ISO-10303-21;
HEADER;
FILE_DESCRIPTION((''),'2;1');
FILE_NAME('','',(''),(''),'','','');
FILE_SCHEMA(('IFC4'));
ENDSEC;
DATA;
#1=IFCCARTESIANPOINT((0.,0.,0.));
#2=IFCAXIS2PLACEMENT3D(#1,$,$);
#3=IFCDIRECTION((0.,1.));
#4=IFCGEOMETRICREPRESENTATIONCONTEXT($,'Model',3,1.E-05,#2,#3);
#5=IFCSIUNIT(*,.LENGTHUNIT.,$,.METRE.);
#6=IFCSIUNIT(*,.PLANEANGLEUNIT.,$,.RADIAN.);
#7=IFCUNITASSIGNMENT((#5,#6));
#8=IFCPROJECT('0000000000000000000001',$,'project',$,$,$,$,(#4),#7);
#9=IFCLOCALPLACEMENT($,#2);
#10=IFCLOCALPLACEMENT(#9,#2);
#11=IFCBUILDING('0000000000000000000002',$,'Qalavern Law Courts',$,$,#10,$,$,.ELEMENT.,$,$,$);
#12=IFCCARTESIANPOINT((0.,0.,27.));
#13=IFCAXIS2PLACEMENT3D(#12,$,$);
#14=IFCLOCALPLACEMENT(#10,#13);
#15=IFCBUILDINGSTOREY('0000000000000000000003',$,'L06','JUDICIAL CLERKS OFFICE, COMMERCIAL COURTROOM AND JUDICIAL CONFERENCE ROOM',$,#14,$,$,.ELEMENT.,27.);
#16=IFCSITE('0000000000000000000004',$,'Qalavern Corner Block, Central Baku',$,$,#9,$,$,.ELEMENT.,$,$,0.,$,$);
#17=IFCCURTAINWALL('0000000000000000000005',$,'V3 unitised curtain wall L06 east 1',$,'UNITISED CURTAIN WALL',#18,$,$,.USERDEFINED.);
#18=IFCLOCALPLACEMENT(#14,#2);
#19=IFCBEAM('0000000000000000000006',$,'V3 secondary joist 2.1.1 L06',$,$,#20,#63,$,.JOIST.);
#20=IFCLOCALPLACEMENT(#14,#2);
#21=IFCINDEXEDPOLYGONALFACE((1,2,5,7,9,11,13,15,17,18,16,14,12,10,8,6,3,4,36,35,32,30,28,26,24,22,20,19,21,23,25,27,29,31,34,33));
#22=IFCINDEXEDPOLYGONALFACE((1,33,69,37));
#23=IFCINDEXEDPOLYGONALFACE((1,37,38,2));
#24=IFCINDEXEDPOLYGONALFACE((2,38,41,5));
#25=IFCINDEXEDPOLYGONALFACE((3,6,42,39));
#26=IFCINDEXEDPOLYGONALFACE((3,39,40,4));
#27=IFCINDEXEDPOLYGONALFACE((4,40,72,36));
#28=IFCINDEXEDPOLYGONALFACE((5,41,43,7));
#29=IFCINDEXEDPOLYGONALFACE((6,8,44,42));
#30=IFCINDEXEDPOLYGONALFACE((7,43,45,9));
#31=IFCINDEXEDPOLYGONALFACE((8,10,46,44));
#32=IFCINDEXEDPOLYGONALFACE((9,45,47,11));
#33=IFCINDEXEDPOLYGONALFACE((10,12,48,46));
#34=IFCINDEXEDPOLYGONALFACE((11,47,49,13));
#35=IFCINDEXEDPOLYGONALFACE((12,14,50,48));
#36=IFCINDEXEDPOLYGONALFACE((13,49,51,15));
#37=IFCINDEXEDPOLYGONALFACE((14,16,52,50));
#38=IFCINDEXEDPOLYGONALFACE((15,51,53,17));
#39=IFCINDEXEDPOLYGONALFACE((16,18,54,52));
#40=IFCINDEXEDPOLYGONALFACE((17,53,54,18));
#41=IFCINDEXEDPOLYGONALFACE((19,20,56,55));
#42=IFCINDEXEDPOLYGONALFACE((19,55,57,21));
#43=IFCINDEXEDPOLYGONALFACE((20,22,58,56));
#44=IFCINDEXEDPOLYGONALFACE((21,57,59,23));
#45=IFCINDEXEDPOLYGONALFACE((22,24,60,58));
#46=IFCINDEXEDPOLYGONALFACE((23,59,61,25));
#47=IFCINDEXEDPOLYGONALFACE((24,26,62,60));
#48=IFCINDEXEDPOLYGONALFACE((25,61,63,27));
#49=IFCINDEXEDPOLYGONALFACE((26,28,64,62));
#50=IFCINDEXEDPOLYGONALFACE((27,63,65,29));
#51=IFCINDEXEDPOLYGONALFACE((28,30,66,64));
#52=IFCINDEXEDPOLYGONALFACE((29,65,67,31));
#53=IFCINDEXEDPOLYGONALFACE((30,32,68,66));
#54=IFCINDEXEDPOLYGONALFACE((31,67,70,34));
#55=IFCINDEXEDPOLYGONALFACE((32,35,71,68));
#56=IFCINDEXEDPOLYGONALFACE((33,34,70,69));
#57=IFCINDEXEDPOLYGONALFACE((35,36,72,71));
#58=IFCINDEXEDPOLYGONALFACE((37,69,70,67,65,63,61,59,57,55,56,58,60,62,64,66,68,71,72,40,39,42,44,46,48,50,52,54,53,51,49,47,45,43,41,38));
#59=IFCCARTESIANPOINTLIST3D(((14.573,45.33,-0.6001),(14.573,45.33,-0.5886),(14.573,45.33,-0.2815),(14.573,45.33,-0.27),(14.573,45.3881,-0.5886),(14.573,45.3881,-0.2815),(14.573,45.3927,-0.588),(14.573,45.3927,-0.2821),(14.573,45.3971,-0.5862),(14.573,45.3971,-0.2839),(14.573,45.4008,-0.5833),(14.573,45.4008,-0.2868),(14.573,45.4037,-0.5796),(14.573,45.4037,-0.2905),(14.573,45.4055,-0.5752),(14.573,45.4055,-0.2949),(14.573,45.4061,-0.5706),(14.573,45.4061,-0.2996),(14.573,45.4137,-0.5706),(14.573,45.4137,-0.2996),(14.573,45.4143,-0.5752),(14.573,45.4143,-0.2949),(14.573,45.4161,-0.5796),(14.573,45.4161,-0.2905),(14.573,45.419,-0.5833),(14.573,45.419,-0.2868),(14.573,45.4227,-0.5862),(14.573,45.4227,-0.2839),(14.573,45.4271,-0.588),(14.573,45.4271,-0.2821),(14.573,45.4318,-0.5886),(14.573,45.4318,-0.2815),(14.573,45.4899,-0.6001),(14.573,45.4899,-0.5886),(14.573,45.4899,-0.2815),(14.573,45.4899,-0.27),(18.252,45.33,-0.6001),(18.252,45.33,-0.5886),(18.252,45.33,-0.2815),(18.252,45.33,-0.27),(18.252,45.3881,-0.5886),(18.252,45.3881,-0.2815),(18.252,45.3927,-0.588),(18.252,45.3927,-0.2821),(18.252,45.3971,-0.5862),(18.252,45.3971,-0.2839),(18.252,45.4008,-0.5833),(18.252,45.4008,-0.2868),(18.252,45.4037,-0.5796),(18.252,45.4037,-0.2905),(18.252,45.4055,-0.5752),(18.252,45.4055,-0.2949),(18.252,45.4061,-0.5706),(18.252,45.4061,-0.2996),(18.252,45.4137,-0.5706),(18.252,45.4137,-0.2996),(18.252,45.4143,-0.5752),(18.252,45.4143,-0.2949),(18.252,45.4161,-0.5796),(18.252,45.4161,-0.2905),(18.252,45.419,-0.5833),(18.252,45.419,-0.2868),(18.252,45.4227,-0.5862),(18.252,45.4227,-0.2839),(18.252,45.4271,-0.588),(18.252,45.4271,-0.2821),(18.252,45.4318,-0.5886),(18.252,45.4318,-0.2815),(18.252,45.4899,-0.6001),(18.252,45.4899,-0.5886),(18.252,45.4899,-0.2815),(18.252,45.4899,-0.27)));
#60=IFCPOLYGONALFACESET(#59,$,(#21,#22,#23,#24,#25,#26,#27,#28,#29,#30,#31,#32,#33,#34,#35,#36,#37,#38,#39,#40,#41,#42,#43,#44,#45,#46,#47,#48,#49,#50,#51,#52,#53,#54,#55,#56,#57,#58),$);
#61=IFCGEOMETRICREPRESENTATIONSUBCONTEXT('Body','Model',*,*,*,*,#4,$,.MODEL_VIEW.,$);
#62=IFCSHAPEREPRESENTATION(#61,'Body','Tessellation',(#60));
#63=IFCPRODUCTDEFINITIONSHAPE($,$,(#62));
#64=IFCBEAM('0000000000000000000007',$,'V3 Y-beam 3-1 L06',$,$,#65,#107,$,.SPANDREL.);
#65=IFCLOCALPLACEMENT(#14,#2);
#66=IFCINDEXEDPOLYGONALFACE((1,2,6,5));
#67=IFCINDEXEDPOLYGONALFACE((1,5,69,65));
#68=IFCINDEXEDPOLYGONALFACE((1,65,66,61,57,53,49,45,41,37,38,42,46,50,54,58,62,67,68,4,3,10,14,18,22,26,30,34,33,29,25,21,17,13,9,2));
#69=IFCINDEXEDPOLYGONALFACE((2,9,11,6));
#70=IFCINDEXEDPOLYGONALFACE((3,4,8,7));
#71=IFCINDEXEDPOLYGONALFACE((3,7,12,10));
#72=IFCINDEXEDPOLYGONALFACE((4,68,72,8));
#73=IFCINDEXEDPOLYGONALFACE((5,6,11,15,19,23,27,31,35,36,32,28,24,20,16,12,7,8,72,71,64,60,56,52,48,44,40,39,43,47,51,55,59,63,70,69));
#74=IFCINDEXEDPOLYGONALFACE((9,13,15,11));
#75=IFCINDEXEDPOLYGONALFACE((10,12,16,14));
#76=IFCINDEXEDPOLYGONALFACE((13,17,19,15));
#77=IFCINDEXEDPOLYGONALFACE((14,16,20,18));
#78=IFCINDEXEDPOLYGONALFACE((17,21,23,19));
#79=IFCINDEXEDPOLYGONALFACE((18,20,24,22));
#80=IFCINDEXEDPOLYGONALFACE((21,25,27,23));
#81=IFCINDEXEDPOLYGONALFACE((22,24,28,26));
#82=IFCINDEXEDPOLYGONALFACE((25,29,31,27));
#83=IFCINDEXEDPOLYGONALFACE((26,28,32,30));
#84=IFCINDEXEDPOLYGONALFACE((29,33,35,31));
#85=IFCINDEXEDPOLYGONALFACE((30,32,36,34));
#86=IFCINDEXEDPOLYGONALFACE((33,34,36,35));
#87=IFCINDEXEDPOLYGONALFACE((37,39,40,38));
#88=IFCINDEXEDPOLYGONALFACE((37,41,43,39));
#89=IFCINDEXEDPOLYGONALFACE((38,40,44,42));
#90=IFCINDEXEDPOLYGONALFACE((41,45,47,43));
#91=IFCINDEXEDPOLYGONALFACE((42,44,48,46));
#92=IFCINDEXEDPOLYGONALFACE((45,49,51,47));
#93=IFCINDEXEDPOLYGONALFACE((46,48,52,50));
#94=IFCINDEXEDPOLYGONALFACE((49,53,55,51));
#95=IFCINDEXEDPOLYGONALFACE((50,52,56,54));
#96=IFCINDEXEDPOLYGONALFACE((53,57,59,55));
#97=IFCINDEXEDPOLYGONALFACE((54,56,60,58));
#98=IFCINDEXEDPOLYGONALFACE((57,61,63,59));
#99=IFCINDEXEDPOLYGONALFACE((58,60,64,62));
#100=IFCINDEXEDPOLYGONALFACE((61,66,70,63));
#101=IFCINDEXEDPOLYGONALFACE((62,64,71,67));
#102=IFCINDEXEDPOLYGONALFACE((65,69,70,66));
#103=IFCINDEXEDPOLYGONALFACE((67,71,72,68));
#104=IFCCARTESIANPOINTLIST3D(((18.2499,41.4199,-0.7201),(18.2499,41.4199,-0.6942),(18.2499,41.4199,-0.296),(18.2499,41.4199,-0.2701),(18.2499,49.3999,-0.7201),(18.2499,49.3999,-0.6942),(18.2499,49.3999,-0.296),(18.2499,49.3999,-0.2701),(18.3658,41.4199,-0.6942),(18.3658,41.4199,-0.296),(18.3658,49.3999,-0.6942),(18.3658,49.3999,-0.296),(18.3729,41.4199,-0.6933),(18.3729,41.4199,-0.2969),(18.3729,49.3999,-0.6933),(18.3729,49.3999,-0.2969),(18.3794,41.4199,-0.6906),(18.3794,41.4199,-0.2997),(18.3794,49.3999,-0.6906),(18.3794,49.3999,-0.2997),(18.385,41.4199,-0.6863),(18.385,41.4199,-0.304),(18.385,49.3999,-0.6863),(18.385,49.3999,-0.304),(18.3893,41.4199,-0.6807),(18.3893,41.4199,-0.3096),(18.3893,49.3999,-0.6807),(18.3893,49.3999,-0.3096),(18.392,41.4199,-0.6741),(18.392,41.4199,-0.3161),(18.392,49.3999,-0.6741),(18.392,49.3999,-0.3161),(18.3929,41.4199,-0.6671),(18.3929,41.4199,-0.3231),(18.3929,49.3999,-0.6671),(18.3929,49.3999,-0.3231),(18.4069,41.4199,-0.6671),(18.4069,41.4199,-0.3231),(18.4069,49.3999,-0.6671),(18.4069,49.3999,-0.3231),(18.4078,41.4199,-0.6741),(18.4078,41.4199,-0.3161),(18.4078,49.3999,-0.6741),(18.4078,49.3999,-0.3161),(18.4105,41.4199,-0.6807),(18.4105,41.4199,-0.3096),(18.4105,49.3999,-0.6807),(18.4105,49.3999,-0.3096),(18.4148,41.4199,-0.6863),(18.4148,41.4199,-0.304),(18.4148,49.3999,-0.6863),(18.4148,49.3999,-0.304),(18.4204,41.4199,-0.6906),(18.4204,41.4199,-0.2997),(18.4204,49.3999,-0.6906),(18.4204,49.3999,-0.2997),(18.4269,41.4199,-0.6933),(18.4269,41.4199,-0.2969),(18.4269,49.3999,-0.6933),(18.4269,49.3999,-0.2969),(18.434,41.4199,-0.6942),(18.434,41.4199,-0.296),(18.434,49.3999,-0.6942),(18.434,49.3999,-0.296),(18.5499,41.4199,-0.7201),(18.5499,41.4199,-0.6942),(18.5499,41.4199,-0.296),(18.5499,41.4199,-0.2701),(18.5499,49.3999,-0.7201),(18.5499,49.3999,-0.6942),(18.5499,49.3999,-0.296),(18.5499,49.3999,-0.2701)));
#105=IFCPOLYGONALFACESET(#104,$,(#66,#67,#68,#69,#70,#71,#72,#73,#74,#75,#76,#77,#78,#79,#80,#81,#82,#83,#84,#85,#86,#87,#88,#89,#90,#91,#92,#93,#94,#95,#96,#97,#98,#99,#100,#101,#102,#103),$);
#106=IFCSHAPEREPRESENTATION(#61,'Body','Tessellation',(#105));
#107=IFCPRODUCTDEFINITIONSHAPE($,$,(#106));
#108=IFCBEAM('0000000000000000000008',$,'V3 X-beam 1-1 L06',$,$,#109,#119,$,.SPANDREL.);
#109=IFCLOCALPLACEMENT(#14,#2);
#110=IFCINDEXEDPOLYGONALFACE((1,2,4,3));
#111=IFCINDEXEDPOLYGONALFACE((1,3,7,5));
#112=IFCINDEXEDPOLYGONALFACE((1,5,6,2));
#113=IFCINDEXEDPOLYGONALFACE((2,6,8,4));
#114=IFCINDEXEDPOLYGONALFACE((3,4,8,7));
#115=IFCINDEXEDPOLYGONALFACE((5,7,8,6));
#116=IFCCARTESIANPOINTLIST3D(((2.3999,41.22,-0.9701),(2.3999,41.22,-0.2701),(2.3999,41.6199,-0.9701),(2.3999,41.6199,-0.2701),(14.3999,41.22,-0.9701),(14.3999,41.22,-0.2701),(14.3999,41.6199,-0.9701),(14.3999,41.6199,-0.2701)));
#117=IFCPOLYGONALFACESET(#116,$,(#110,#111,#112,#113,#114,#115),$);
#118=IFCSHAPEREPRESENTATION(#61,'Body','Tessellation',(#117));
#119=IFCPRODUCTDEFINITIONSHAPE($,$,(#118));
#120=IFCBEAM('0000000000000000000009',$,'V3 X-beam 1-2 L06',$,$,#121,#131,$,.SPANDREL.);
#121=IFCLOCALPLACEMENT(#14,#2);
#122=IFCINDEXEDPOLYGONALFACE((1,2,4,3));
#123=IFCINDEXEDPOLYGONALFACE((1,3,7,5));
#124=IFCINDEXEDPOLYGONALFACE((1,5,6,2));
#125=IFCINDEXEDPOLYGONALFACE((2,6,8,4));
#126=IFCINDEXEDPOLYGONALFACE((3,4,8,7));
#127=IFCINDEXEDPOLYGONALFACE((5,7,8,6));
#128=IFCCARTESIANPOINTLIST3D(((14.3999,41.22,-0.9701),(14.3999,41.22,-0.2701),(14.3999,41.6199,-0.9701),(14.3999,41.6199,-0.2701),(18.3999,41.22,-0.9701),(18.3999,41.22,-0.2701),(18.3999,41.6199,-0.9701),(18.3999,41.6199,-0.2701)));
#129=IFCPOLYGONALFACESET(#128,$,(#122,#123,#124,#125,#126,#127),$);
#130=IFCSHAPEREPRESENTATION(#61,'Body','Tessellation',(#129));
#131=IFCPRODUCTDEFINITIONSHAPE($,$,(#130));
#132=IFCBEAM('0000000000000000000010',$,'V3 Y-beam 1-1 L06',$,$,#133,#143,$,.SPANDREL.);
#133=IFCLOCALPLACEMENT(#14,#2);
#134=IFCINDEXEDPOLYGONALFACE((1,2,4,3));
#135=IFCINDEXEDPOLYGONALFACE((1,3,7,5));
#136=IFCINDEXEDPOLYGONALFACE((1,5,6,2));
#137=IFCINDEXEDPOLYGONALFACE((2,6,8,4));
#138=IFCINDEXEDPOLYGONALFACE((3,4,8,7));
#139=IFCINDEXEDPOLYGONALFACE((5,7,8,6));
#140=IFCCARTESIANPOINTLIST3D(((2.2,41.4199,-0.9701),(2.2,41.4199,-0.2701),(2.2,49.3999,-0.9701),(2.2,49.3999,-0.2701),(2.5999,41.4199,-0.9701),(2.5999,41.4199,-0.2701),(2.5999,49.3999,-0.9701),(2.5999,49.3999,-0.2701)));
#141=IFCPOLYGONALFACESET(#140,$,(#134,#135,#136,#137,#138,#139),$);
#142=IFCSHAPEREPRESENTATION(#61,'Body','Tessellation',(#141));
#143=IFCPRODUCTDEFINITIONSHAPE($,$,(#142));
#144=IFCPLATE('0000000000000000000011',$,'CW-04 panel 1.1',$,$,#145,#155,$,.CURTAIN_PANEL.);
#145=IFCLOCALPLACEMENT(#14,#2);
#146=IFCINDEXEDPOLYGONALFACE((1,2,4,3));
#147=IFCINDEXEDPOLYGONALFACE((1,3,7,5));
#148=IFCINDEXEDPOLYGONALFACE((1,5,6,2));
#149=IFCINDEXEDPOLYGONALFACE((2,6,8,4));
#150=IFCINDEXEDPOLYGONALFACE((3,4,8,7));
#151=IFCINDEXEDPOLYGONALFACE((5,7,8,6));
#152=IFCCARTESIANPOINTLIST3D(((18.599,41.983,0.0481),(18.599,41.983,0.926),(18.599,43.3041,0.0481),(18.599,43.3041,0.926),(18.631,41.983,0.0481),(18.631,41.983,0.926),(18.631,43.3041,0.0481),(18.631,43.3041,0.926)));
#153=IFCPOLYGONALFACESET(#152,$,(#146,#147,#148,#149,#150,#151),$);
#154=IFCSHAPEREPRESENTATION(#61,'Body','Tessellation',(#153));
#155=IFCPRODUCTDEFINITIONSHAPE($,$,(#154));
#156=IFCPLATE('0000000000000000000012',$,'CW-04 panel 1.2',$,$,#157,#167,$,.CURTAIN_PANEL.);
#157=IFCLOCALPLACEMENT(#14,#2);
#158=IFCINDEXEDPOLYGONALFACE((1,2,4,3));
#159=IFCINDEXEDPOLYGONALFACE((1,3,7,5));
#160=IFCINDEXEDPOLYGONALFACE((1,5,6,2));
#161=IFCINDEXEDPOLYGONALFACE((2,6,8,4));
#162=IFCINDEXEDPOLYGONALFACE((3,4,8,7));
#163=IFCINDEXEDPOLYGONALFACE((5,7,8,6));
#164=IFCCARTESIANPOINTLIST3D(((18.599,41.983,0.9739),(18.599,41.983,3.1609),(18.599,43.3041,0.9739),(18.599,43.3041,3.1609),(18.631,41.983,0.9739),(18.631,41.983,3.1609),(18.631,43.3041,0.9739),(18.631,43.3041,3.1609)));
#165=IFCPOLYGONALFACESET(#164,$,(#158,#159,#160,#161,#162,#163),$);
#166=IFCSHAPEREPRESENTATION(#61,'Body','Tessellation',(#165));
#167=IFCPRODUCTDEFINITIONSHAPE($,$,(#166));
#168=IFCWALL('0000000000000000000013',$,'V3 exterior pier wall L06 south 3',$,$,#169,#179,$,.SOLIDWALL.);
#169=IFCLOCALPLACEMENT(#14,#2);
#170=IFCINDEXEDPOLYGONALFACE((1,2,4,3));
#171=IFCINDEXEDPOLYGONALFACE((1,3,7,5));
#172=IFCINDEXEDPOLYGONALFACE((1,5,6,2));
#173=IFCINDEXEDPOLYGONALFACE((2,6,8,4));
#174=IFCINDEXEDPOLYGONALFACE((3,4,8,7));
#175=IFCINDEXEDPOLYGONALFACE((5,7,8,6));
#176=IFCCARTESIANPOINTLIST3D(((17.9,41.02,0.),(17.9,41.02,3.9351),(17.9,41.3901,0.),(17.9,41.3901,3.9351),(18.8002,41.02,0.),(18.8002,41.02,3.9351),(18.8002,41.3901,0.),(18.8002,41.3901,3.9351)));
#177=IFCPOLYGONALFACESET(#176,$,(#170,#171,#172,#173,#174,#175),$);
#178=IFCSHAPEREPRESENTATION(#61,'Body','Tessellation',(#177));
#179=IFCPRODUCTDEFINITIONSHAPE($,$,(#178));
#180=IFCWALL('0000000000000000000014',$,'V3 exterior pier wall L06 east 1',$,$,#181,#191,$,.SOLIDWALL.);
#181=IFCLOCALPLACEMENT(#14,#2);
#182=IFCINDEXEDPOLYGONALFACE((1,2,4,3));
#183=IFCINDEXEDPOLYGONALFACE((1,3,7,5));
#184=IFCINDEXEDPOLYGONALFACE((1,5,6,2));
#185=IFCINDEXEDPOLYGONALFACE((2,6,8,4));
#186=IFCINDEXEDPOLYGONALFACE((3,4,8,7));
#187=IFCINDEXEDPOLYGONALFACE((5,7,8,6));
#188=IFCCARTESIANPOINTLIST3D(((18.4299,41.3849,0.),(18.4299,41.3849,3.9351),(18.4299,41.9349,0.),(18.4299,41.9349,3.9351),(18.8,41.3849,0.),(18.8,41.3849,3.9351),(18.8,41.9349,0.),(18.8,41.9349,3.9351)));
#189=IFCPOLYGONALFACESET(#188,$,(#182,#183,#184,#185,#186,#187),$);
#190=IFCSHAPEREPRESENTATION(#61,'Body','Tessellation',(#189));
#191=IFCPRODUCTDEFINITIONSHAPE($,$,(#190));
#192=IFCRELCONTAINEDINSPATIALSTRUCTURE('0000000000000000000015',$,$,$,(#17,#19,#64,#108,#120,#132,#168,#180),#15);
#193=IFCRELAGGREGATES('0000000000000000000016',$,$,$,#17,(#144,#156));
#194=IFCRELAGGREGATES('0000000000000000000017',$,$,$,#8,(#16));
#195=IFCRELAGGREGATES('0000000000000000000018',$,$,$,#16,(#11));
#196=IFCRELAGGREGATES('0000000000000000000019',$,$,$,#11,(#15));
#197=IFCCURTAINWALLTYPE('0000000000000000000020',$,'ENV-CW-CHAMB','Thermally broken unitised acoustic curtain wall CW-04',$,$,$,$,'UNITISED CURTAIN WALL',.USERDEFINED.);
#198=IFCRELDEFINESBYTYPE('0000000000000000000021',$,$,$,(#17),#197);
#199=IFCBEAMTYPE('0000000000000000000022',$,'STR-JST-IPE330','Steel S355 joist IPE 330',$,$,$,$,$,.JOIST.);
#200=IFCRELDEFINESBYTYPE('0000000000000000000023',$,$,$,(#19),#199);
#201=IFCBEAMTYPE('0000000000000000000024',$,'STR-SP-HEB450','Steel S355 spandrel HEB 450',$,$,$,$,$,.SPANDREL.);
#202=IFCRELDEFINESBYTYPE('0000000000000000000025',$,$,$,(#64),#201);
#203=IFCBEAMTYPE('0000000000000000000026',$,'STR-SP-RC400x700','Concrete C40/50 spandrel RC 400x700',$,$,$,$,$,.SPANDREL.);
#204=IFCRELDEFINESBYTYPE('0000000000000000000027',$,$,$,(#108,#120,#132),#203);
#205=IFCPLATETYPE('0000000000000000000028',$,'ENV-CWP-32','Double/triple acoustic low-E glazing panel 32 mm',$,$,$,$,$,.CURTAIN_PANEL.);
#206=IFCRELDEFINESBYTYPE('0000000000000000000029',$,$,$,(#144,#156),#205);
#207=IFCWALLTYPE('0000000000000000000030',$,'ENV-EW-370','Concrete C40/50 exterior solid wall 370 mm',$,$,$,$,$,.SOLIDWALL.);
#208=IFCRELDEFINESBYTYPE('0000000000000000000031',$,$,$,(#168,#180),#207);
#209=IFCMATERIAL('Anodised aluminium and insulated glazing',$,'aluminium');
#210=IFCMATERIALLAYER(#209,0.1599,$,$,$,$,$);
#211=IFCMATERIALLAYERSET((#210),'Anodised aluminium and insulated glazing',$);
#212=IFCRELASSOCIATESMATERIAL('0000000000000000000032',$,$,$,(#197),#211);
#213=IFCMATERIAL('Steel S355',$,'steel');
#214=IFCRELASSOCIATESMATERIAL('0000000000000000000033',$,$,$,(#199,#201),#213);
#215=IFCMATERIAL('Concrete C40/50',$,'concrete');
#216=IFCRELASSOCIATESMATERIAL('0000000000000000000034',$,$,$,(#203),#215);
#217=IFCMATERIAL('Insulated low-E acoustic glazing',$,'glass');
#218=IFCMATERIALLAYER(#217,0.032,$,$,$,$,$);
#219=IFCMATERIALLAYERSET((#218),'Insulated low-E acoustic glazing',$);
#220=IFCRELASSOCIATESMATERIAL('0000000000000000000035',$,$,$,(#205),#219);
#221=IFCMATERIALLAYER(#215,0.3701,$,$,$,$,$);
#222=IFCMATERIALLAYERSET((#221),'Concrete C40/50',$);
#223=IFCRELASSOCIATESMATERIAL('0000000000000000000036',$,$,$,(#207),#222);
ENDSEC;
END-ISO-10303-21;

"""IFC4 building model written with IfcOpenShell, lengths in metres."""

from ifc_helpers import new_model, si_unit, direction, frame, frame_2d, origin, origin_2d, place, context, subcontext, project, spatial, rectangle, i_section, extrude, material, layer, layer_set, material_profile, profile_set, type_object, element, aggregate, save


model = new_model("IFC4")

# Units and contexts
model_context = context("Model", 3, precision=1e-05, world=origin(), true_north=direction((0.0, 1.0)))
body_context = subcontext(model_context, "Body", "Model", "MODEL_VIEW")
ifc_project = project(units=[si_unit("LENGTHUNIT", "METRE"), si_unit("PLANEANGLEUNIT", "RADIAN")], contexts=[model_context])

# Site, building, storey
site_placement = place(None, origin())
site = spatial("IfcSite", under=ifc_project, at=site_placement, Name="Qalavern Corner Block, Central Baku", CompositionType="ELEMENT", RefElevation=0.0)
building_placement = place(site_placement, origin())
building = spatial("IfcBuilding", under=site, at=building_placement, Name="Qalavern Law Courts", CompositionType="ELEMENT")
storey_placement = place(building_placement, frame((0.0, 0.0, 27.0)))
storey = spatial("IfcBuildingStorey", under=building, at=storey_placement, Name="L06", Description="JUDICIAL CLERKS OFFICE, COMMERCIAL COURTROOM AND JUDICIAL CONFERENCE ROOM", CompositionType="ELEMENT", Elevation=27.0)

# Curtain wall
ifc_material_1 = material(Name="Anodised aluminium and insulated glazing", Category="aluminium")
ifc_layer_1 = layer(ifc_material_1, 0.1599)
ifc_layer_set_1 = layer_set([ifc_layer_1], Name="Anodised aluminium and insulated glazing")
curtain_wall_type = type_object("IfcCurtainWallType", Name="ENV-CW-CHAMB", Description="Thermally broken unitised acoustic curtain wall CW-04", ElementType="UNITISED CURTAIN WALL", PredefinedType="USERDEFINED", material=ifc_layer_set_1)
curtain_wall_1_placement = place(storey_placement, origin())
curtain_wall_1 = element("IfcCurtainWall", 1, at=curtain_wall_1_placement, inside=storey, type_object=curtain_wall_type, Name="V3 unitised curtain wall L06 east 1", ObjectType="UNITISED CURTAIN WALL", PredefinedType="USERDEFINED")

# Beams
ifc_material_2 = material(Name="Steel S355", Category="steel")
ifc_material_profile_1 = material_profile(ifc_material_2, i_section(OverallWidth=0.1599, OverallDepth=0.3301, WebThickness=0.0076, FlangeThickness=0.0115, FilletRadius=0.0181, at=origin_2d()), Name="IPE 330")
ifc_profile_set_1 = profile_set([ifc_material_profile_1], Name="Steel S355")
beam_type_1 = type_object("IfcBeamType", Name="STR-JST-IPE330", Description="Steel S355 joist IPE 330", PredefinedType="JOIST", material=ifc_profile_set_1)
beam_1_placement = place(storey_placement, frame((14.573, 45.4099, -0.4351), z_axis=(1.0, 0.0, 0.0), x_axis=(0.0, 1.0, 0.0)))
element("IfcBeam", 2, at=beam_1_placement, inside=storey, type_object=beam_type_1, Name="V3 secondary joist 2.1.1 L06", PredefinedType="JOIST", context=body_context, shape_type="SweptSolid", body=[
    extrude(i_section(OverallWidth=0.1599, OverallDepth=0.3301, WebThickness=0.0076, FlangeThickness=0.0115, FilletRadius=0.0181, at=origin_2d()), origin(), (0.0, 0.0, 1.0), 3.679),
])
ifc_material_profile_2 = material_profile(ifc_material_2, i_section(OverallWidth=0.3, OverallDepth=0.45, WebThickness=0.0139, FlangeThickness=0.0259, FilletRadius=0.0271, at=origin_2d()), Name="HEB 450")
ifc_profile_set_2 = profile_set([ifc_material_profile_2], Name="Steel S355")
beam_type_2 = type_object("IfcBeamType", Name="STR-SP-HEB450", Description="Steel S355 spandrel HEB 450", PredefinedType="SPANDREL", material=ifc_profile_set_2)
beam_2_placement = place(storey_placement, frame((18.3999, 41.4199, -0.4951), z_axis=(0.0, 1.0, 0.0), x_axis=(-1.0, 0.0, 0.0)))
element("IfcBeam", 3, at=beam_2_placement, inside=storey, type_object=beam_type_2, Name="V3 Y-beam 3-1 L06", PredefinedType="SPANDREL", context=body_context, shape_type="SweptSolid", body=[
    extrude(i_section(OverallWidth=0.3, OverallDepth=0.45, WebThickness=0.0139, FlangeThickness=0.0259, FilletRadius=0.0271, at=origin_2d()), origin(), (0.0, 0.0, 1.0), 7.98),
])
ifc_material_3 = material(Name="Concrete C40/50", Category="concrete")
ifc_material_profile_3 = material_profile(ifc_material_3, rectangle(XDim=0.3999, YDim=0.7, at=origin_2d()), Name="RC 400x700")
ifc_profile_set_3 = profile_set([ifc_material_profile_3], Name="Concrete C40/50")
beam_type_3 = type_object("IfcBeamType", Name="STR-SP-RC400x700", Description="Concrete C40/50 spandrel RC 400x700", PredefinedType="SPANDREL", material=ifc_profile_set_3)
beam_3_placement = place(storey_placement, frame((2.3999, 41.4199, -0.6201), z_axis=(1.0, 0.0, 0.0), x_axis=(0.0, 1.0, 0.0)))
element("IfcBeam", 4, at=beam_3_placement, inside=storey, type_object=beam_type_3, Name="V3 X-beam 1-1 L06", PredefinedType="SPANDREL", context=body_context, shape_type="SweptSolid", body=[
    extrude(rectangle(XDim=0.3999, YDim=0.7, at=origin_2d()), origin(), (0.0, 0.0, 1.0), 12.0),
])
beam_4_placement = place(storey_placement, frame((14.3999, 41.4199, -0.6201), z_axis=(1.0, 0.0, 0.0), x_axis=(0.0, 1.0, 0.0)))
element("IfcBeam", 5, at=beam_4_placement, inside=storey, type_object=beam_type_3, Name="V3 X-beam 1-2 L06", PredefinedType="SPANDREL", context=body_context, shape_type="SweptSolid", body=[
    extrude(rectangle(XDim=0.3999, YDim=0.7, at=origin_2d()), origin(), (0.0, 0.0, 1.0), 4.0),
])
beam_5_placement = place(storey_placement, frame((2.3999, 41.4199, -0.6201), z_axis=(0.0, 1.0, 0.0), x_axis=(-1.0, 0.0, 0.0)))
element("IfcBeam", 6, at=beam_5_placement, inside=storey, type_object=beam_type_3, Name="V3 Y-beam 1-1 L06", PredefinedType="SPANDREL", context=body_context, shape_type="SweptSolid", body=[
    extrude(rectangle(XDim=0.3999, YDim=0.7, at=origin_2d()), origin(), (0.0, 0.0, 1.0), 7.98),
])

# Plates
ifc_material_4 = material(Name="Insulated low-E acoustic glazing", Category="glass")
ifc_layer_2 = layer(ifc_material_4, 0.032)
ifc_layer_set_2 = layer_set([ifc_layer_2], Name="Insulated low-E acoustic glazing")
plate_type = type_object("IfcPlateType", Name="ENV-CWP-32", Description="Double/triple acoustic low-E glazing panel 32 mm", PredefinedType="CURTAIN_PANEL", material=ifc_layer_set_2)
plate_1_placement = place(storey_placement, frame((18.615, 42.6436, 0.0481), z_axis=(0.0, 0.0, 1.0), x_axis=(0.0, 1.0, 0.0)))
plate_1 = element("IfcPlate", 7, at=plate_1_placement, type_object=plate_type, Name="CW-04 panel 1.1", PredefinedType="CURTAIN_PANEL", context=body_context, shape_type="SweptSolid", body=[
    extrude(rectangle(XDim=1.321, YDim=0.032, at=origin_2d()), origin(), (0.0, 0.0, 1.0), 0.8779),
])
plate_2_placement = place(storey_placement, frame((18.615, 42.6436, 0.9739), z_axis=(0.0, 0.0, 1.0), x_axis=(0.0, 1.0, 0.0)))
plate_2 = element("IfcPlate", 8, at=plate_2_placement, type_object=plate_type, Name="CW-04 panel 1.2", PredefinedType="CURTAIN_PANEL", context=body_context, shape_type="SweptSolid", body=[
    extrude(rectangle(XDim=1.321, YDim=0.032, at=origin_2d()), origin(), (0.0, 0.0, 1.0), 2.187),
])
aggregate(curtain_wall_1, [plate_1, plate_2])

# Walls
ifc_layer_3 = layer(ifc_material_3, 0.3701)
ifc_layer_set_3 = layer_set([ifc_layer_3], Name="Concrete C40/50")
wall_type_1 = type_object("IfcWallType", Name="ENV-EW-370", Description="Concrete C40/50 exterior solid wall 370 mm", PredefinedType="SOLIDWALL", material=ifc_layer_set_3)
wall_1_placement = place(storey_placement, frame((17.8999, 41.2051, 0.0), z_axis=(0.0, 0.0, 1.0), x_axis=(1.0, 0.0, 0.0)))
element("IfcWall", 9, at=wall_1_placement, inside=storey, type_object=wall_type_1, Name="V3 exterior pier wall L06 south 3", PredefinedType="SOLIDWALL", context=body_context, shape_type="SweptSolid", body=[
    extrude(rectangle(XDim=0.9001, YDim=0.3701, at=frame_2d((0.4502, 0.0))), origin(), (0.0, 0.0, 1.0), 3.9351),
])
wall_2_placement = place(storey_placement, frame((18.615, 41.385, 0.0), z_axis=(0.0, 0.0, 1.0), x_axis=(0.0, 1.0, 0.0)))
element("IfcWall", 10, at=wall_2_placement, inside=storey, type_object=wall_type_1, Name="V3 exterior pier wall L06 east 1", PredefinedType="SOLIDWALL", context=body_context, shape_type="SweptSolid", body=[
    extrude(rectangle(XDim=0.55, YDim=0.3701, at=frame_2d((0.2749, 0.0))), origin(), (0.0, 0.0, 1.0), 3.9351),
])

save(model, "model.ifc")
